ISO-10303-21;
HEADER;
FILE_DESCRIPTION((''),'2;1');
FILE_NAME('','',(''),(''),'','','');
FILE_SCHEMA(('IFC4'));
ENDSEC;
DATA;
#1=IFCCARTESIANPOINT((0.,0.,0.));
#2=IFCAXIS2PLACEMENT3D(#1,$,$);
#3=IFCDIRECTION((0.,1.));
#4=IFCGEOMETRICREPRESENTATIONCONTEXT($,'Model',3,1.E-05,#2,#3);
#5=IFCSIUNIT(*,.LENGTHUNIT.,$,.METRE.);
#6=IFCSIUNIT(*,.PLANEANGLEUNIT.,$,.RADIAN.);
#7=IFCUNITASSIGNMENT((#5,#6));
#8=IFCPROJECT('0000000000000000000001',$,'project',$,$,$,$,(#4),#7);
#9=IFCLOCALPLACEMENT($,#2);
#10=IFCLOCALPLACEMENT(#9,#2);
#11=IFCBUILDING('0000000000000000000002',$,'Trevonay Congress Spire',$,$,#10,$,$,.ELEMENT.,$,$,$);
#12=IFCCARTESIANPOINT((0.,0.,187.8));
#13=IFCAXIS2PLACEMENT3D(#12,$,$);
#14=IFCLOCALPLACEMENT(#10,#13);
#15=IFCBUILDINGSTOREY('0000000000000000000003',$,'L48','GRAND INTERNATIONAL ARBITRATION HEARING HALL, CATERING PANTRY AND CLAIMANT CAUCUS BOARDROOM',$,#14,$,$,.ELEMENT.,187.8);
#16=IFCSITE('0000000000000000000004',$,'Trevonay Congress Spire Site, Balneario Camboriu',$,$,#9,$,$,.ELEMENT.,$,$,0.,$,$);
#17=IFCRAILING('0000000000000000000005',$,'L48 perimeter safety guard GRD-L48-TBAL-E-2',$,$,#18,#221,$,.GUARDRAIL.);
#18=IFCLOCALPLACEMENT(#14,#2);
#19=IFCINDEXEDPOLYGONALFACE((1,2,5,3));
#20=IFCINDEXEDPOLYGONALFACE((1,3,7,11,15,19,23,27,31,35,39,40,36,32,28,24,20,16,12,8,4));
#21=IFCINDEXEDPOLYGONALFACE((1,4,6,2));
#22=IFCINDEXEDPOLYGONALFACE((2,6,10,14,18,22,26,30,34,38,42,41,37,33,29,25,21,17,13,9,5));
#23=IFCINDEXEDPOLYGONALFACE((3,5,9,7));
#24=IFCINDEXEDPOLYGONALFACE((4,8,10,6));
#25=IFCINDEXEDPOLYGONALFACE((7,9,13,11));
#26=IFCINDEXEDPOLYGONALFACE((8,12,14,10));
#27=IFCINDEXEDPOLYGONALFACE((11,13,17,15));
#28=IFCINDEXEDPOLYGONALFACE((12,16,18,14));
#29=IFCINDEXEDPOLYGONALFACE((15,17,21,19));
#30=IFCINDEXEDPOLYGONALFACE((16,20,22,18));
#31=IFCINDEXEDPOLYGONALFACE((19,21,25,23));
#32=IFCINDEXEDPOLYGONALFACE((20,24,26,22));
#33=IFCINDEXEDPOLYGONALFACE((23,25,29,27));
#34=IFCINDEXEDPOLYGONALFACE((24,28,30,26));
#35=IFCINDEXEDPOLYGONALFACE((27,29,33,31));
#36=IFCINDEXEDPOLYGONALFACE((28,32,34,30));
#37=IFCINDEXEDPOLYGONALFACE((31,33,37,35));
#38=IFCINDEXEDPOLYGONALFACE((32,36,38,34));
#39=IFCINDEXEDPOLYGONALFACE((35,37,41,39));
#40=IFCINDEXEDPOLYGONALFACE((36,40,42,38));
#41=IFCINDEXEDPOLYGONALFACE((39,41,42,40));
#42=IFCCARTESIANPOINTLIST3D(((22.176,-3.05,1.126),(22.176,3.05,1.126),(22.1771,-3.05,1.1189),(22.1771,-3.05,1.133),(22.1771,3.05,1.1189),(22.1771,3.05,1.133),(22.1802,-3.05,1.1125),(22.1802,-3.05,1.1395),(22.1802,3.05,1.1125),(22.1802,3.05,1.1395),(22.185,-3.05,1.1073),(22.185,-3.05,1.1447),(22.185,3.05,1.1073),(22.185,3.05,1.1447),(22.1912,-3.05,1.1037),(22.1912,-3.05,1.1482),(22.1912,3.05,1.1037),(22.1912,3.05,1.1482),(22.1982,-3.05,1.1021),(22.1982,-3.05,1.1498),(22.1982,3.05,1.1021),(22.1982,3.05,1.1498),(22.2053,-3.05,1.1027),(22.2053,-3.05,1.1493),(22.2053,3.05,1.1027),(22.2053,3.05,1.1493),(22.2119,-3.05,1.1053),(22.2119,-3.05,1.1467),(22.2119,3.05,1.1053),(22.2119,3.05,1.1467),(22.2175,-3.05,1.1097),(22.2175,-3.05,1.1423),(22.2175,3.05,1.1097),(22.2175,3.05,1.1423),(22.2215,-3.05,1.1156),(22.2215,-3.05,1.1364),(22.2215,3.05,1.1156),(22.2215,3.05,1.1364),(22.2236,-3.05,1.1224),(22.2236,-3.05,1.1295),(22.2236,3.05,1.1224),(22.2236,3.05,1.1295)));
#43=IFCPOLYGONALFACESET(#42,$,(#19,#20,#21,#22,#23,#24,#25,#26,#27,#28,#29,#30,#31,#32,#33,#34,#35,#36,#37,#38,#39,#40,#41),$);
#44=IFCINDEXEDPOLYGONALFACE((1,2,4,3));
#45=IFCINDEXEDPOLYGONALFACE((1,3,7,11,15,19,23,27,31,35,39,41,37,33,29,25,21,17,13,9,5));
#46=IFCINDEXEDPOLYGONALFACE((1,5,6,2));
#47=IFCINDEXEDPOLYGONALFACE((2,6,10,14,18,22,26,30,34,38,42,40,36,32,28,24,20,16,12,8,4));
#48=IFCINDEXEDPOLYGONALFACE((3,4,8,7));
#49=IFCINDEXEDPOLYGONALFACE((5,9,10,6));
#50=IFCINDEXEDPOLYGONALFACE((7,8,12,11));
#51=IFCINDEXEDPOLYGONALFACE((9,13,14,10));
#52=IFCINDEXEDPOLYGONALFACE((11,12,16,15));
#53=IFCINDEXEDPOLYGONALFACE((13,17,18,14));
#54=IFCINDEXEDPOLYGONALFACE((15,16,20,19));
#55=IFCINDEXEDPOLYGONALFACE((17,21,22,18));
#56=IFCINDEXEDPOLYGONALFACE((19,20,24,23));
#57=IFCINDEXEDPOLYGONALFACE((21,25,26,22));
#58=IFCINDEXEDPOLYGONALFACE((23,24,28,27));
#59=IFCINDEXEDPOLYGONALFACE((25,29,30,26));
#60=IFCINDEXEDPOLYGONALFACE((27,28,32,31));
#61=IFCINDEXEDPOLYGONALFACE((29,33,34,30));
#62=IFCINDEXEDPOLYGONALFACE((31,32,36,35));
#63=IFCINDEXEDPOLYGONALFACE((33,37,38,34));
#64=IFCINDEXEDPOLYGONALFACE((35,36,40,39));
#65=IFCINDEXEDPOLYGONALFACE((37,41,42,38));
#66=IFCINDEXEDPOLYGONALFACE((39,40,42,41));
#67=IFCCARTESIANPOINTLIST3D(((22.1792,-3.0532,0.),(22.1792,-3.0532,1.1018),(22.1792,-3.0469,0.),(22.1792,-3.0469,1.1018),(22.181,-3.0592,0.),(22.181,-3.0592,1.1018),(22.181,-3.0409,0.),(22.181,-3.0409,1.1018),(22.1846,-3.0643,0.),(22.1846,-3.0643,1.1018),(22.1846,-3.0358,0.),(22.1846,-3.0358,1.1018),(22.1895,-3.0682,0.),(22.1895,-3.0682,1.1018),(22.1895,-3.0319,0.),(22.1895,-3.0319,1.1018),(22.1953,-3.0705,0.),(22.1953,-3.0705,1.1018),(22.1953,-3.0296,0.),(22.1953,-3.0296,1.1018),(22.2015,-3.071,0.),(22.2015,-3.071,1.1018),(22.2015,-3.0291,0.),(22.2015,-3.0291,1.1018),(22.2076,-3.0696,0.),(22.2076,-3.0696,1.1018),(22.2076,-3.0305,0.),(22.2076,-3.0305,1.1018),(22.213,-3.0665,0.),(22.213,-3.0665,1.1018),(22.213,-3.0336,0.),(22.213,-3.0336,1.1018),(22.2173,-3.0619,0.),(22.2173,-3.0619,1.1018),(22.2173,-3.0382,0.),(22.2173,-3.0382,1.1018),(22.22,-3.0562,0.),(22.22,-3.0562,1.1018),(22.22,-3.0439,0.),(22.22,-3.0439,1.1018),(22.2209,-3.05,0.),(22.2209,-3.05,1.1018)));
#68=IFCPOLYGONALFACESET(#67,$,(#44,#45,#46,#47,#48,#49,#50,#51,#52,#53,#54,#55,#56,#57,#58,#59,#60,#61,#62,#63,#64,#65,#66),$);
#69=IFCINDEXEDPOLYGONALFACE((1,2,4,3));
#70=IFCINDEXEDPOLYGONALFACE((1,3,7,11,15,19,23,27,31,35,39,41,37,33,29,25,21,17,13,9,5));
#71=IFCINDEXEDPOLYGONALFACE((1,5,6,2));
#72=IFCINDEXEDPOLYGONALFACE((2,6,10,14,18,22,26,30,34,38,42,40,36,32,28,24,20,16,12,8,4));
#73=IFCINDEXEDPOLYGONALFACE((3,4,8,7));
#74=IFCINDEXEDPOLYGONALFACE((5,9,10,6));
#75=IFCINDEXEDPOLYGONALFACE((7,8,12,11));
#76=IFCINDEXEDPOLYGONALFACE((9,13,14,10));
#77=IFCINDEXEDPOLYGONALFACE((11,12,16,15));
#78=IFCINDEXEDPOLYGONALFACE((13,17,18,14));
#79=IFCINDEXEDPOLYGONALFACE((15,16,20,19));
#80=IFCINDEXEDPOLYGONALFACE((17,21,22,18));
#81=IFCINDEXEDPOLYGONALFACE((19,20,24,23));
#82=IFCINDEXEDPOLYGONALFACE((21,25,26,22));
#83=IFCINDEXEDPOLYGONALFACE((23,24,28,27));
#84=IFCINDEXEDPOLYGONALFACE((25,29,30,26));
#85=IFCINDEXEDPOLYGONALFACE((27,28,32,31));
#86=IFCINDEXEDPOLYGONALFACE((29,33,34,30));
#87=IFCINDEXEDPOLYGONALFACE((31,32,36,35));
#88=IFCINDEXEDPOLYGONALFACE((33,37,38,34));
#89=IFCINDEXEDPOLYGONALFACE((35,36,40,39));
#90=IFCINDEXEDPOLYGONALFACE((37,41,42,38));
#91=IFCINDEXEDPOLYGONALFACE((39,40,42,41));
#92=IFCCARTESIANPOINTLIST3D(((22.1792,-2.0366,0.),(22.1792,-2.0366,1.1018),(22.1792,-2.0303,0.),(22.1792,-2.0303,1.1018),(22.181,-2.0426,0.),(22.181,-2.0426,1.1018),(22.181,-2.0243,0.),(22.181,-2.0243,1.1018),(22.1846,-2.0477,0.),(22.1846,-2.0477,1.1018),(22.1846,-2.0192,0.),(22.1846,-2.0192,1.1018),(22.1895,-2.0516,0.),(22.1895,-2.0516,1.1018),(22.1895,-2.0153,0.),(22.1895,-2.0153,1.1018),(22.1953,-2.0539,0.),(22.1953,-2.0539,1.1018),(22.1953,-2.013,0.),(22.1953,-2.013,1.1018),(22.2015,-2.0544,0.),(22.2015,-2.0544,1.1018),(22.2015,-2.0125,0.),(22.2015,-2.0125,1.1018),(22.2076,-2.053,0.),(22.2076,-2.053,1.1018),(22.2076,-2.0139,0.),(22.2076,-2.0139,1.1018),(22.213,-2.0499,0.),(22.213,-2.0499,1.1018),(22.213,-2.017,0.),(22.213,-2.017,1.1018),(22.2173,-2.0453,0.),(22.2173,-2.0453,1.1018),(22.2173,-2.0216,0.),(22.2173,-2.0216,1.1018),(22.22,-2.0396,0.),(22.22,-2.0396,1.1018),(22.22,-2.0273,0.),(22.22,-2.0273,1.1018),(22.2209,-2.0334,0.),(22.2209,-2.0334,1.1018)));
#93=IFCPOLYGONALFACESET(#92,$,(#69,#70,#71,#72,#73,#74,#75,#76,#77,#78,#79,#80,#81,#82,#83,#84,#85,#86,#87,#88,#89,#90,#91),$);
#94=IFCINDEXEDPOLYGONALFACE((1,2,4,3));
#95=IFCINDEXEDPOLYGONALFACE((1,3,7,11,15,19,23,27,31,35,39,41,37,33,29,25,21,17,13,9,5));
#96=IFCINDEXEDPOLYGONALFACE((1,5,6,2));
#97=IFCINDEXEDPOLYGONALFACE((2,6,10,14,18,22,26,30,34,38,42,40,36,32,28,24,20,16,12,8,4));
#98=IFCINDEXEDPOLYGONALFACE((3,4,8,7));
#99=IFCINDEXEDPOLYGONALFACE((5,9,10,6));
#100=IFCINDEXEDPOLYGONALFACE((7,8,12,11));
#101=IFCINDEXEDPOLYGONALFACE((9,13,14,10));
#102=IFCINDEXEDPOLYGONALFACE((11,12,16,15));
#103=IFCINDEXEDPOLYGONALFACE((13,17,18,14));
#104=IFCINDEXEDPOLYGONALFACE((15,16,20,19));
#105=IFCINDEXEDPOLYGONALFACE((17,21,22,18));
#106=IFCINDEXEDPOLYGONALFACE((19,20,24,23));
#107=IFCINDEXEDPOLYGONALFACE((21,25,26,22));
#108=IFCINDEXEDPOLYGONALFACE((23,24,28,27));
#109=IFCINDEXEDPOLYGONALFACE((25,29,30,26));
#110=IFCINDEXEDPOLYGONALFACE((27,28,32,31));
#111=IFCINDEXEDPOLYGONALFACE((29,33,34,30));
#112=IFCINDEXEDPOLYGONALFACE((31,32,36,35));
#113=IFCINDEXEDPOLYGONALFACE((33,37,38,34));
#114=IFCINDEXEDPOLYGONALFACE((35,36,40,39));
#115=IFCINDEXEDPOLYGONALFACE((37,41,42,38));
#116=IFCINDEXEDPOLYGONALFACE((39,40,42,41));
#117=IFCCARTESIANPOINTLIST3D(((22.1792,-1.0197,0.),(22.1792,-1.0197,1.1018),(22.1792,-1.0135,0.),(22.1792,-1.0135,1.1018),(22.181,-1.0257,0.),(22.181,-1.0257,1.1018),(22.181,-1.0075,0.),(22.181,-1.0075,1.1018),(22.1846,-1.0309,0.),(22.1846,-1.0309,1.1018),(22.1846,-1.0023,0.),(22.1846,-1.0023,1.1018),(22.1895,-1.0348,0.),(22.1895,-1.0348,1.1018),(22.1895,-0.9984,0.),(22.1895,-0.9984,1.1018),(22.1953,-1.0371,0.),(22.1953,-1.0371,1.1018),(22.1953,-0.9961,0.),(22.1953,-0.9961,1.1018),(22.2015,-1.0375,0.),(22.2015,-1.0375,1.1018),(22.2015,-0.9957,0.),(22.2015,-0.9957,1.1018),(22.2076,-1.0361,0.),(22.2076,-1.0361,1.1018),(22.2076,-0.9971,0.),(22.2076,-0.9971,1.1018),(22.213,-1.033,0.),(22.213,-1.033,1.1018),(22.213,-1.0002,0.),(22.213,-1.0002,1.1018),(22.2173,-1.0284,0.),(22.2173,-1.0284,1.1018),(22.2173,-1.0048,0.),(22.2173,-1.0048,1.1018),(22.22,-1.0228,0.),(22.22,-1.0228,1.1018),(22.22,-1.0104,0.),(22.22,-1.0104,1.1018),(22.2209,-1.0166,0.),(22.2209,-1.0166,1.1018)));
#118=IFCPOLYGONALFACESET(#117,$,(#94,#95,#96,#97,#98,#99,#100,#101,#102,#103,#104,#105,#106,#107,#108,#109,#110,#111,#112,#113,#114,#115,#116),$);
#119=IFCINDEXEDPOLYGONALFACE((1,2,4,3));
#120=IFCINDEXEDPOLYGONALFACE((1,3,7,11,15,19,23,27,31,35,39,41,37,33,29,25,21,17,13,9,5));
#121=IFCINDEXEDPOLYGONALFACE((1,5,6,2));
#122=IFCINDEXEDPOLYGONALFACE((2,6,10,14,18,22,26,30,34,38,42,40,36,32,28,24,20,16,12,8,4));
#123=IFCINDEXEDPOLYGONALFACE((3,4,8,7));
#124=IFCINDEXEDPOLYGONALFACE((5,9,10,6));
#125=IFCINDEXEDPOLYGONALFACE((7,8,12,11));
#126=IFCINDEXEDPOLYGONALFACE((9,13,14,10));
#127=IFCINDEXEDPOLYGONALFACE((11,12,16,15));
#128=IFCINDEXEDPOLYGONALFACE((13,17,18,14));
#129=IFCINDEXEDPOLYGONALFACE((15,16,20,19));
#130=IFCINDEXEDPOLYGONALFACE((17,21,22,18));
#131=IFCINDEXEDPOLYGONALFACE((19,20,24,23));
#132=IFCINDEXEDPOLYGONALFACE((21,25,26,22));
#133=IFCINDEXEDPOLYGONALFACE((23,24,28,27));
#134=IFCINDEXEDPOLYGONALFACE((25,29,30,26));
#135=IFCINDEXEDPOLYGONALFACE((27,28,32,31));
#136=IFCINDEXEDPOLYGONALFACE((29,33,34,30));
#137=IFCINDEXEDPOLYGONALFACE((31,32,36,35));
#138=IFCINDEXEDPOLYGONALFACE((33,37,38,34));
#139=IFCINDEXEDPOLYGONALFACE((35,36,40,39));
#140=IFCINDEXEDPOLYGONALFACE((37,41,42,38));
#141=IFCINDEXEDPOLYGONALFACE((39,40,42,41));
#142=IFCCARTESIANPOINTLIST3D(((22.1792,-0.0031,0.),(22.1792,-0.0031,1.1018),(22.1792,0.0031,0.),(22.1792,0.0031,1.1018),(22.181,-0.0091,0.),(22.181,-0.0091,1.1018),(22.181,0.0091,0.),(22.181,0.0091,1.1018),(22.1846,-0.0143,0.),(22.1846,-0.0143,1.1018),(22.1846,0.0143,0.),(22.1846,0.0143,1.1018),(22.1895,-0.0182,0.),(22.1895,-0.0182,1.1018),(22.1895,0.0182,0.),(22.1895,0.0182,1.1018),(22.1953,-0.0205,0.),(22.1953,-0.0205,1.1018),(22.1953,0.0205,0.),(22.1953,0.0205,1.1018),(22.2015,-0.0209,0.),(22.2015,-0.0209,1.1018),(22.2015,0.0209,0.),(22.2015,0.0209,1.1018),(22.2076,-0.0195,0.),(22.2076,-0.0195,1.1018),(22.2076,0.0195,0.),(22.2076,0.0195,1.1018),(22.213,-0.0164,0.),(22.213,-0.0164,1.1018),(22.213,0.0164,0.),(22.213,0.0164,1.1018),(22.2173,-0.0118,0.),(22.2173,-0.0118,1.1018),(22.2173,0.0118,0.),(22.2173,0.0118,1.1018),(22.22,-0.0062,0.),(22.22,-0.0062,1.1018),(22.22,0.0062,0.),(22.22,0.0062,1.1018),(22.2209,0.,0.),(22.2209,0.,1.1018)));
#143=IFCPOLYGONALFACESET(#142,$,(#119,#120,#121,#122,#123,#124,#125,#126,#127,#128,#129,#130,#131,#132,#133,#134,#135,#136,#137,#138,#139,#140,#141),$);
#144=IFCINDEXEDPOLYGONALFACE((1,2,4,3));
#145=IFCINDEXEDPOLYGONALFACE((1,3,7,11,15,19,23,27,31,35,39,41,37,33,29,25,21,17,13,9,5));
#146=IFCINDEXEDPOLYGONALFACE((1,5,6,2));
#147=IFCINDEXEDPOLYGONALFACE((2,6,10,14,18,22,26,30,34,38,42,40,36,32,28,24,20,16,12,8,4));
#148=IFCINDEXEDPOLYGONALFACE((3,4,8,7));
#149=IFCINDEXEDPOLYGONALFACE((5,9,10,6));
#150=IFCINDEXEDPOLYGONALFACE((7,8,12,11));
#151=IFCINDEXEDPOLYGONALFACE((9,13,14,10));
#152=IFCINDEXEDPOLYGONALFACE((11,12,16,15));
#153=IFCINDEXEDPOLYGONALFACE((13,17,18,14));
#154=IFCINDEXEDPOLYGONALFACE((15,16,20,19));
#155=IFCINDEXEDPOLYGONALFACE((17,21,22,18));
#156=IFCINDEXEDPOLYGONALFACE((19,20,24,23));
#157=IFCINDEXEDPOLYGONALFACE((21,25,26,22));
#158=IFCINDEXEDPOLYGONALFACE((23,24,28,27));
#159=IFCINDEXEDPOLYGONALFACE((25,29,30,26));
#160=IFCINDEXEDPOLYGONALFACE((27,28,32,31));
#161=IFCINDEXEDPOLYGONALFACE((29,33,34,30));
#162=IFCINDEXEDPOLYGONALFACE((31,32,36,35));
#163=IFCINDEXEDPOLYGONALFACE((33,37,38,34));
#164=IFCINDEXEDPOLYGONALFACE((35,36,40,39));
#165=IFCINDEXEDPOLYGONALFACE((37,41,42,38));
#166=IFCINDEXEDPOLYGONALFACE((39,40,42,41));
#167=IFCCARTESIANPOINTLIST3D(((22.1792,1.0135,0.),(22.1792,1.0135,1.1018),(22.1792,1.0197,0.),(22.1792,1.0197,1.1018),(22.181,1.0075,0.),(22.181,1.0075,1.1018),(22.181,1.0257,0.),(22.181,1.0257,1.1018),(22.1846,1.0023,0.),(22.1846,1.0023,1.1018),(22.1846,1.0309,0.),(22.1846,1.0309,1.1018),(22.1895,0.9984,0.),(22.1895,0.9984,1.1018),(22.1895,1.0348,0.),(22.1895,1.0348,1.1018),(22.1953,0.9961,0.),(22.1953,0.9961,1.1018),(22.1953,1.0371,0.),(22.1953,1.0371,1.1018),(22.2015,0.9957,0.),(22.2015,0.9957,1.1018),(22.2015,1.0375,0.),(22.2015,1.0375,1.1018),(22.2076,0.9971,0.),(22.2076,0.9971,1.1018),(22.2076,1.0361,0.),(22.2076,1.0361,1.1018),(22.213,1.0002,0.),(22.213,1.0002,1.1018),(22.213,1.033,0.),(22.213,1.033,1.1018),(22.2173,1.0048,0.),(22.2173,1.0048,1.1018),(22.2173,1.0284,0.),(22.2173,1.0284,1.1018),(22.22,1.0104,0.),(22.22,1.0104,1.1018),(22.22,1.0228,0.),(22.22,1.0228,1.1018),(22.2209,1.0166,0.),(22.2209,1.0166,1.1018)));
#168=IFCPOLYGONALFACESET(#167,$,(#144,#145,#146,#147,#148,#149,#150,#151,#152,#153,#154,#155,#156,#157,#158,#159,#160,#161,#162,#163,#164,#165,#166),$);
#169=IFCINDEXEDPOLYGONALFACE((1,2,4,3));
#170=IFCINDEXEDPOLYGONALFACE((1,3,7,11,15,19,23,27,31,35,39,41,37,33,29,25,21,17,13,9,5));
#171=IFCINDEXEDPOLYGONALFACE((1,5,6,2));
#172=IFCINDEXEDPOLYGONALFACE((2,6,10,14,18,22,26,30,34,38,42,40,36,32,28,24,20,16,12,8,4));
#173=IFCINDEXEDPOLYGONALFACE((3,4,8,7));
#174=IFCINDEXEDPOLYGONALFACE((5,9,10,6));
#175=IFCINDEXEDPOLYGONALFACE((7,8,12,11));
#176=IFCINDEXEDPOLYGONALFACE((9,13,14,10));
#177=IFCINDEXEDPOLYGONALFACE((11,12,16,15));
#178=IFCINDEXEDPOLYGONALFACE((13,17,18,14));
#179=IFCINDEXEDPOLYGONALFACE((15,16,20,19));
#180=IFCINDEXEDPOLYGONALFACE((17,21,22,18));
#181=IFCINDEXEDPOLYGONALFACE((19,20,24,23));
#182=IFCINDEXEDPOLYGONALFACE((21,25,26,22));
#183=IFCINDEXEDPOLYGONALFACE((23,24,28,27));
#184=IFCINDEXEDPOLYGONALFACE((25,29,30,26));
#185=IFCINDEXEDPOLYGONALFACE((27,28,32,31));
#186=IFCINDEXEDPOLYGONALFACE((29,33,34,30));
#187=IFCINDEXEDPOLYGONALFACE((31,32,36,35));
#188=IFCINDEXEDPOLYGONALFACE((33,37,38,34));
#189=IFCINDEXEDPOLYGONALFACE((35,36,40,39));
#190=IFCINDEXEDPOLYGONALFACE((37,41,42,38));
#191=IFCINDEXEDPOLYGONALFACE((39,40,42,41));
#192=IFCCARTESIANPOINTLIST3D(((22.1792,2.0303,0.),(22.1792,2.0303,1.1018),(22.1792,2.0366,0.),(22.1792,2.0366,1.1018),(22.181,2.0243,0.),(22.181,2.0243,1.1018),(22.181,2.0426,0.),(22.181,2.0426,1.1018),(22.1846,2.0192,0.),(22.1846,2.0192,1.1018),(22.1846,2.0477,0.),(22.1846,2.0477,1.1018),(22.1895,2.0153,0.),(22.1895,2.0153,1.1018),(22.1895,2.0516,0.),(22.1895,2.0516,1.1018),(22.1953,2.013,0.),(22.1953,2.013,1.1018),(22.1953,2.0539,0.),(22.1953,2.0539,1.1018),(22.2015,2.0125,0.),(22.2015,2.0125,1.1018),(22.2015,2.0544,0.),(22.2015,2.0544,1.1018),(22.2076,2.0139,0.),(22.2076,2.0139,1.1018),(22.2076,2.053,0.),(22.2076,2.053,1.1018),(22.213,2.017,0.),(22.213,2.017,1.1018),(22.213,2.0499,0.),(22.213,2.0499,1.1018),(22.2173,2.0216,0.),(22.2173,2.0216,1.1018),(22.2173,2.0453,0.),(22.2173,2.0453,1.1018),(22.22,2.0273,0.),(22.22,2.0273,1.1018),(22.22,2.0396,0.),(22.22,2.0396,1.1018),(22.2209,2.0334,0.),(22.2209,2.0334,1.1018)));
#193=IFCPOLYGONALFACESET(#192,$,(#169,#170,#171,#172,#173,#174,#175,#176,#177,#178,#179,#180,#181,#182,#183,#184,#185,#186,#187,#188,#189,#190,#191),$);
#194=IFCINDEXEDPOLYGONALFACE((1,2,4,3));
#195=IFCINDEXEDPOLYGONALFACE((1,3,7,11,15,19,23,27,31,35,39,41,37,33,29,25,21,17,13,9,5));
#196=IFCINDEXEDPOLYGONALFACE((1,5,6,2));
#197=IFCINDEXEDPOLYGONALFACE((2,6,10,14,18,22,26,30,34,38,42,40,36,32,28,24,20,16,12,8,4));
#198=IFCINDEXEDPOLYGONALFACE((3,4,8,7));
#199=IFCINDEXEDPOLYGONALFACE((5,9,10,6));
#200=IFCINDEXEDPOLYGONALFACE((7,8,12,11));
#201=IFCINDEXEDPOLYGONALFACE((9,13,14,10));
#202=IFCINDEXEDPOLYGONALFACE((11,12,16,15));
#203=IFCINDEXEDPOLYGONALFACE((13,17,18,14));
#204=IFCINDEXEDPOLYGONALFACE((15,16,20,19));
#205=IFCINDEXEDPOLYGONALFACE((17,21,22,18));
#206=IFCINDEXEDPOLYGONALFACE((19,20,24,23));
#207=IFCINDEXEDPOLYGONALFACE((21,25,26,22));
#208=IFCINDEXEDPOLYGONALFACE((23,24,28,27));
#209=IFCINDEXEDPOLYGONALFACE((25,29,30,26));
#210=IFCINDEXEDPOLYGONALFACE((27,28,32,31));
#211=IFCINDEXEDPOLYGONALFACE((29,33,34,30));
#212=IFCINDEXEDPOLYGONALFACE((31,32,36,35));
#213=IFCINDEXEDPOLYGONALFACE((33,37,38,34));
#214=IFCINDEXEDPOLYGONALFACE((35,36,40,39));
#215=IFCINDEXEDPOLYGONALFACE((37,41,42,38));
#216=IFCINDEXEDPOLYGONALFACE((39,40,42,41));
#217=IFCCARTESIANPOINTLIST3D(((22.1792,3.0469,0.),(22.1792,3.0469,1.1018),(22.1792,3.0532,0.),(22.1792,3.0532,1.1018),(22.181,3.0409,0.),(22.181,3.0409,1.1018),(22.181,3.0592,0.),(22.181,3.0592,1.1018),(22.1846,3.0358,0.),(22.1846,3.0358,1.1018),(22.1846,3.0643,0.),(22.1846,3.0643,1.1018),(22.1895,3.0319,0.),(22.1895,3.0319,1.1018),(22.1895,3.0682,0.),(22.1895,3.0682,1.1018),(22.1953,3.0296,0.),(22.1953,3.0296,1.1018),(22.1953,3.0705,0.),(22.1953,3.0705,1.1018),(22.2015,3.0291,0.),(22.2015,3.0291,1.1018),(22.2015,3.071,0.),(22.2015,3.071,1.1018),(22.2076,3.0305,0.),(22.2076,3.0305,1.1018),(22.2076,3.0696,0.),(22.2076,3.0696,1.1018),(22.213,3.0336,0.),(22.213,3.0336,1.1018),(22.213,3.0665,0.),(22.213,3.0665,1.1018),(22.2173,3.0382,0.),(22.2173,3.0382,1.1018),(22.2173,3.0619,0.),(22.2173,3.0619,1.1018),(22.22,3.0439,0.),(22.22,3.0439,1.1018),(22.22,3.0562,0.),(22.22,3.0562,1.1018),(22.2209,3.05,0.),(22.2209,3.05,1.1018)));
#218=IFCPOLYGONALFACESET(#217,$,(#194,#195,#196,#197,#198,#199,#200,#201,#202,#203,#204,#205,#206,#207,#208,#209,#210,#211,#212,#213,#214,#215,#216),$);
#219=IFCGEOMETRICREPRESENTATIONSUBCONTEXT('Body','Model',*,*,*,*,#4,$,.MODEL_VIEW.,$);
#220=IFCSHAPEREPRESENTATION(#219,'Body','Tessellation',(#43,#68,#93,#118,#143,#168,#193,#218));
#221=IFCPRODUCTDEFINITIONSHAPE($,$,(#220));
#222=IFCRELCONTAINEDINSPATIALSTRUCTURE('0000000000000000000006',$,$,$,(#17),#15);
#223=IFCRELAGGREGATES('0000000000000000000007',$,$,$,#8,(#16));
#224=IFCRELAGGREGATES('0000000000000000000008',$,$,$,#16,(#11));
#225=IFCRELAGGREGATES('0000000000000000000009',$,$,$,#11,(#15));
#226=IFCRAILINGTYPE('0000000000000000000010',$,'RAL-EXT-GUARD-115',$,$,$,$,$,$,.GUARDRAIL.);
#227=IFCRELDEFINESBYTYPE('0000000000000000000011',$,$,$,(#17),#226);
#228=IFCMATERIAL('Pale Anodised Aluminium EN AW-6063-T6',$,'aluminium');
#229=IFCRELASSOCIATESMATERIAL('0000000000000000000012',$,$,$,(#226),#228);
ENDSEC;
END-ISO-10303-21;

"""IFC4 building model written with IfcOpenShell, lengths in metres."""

from ifc_helpers import new_model, si_unit, direction, frame, origin, origin_2d, place, context, subcontext, project, spatial, circle, extrude, material, type_object, element, save


model = new_model("IFC4")

# Units and contexts
model_context = context("Model", 3, precision=1e-05, world=origin(), true_north=direction((0.0, 1.0)))
body_context = subcontext(model_context, "Body", "Model", "MODEL_VIEW")
ifc_project = project(units=[si_unit("LENGTHUNIT", "METRE"), si_unit("PLANEANGLEUNIT", "RADIAN")], contexts=[model_context])

# Site, building, storey
site_placement = place(None, origin())
site = spatial("IfcSite", under=ifc_project, at=site_placement, Name="Trevonay Congress Spire Site, Balneario Camboriu", CompositionType="ELEMENT", RefElevation=0.0)
building_placement = place(site_placement, origin())
building = spatial("IfcBuilding", under=site, at=building_placement, Name="Trevonay Congress Spire", CompositionType="ELEMENT")
storey_placement = place(building_placement, frame((0.0, 0.0, 187.8)))
storey = spatial("IfcBuildingStorey", under=building, at=storey_placement, Name="L48", Description="GRAND INTERNATIONAL ARBITRATION HEARING HALL, CATERING PANTRY AND CLAIMANT CAUCUS BOARDROOM", CompositionType="ELEMENT", Elevation=187.8)

# Shared definitions
ifc_material_1 = material(Name="Pale Anodised Aluminium EN AW-6063-T6", Category="aluminium")

# Railing
railing_type = type_object("IfcRailingType", Name="RAL-EXT-GUARD-115", PredefinedType="GUARDRAIL", material=ifc_material_1)
railing_1_placement = place(storey_placement, frame((22.2, -3.05, 0.0)))
element("IfcRailing", 1, at=railing_1_placement, inside=storey, type_object=railing_type, Name="L48 perimeter safety guard GRD-L48-TBAL-E-2", PredefinedType="GUARDRAIL", context=body_context, shape_type="SweptSolid", body=[
    extrude(circle(Radius=0.0239, at=origin_2d()), frame((0.0, 0.0, 1.126), z_axis=(0.0, 1.0, 0.0), x_axis=(-1.0, 0.0, 0.0)), (0.0, 0.0, 1.0), 6.1001),
    extrude(circle(Radius=0.021, at=origin_2d()), origin(), (0.0, 0.0, 1.0), 1.1018),
    extrude(circle(Radius=0.021, at=origin_2d()), frame((0.0, 1.0166, 0.0)), (0.0, 0.0, 1.0), 1.1018),
    extrude(circle(Radius=0.021, at=origin_2d()), frame((0.0, 2.0334, 0.0)), (0.0, 0.0, 1.0), 1.1018),
    extrude(circle(Radius=0.021, at=origin_2d()), frame((0.0, 3.05, 0.0)), (0.0, 0.0, 1.0), 1.1018),
    extrude(circle(Radius=0.021, at=origin_2d()), frame((0.0, 4.0667, 0.0)), (0.0, 0.0, 1.0), 1.1018),
    extrude(circle(Radius=0.021, at=origin_2d()), frame((0.0, 5.0835, 0.0)), (0.0, 0.0, 1.0), 1.1018),
    extrude(circle(Radius=0.021, at=origin_2d()), frame((0.0, 6.1001, 0.0)), (0.0, 0.0, 1.0), 1.1018),
])

save(model, "model.ifc")
